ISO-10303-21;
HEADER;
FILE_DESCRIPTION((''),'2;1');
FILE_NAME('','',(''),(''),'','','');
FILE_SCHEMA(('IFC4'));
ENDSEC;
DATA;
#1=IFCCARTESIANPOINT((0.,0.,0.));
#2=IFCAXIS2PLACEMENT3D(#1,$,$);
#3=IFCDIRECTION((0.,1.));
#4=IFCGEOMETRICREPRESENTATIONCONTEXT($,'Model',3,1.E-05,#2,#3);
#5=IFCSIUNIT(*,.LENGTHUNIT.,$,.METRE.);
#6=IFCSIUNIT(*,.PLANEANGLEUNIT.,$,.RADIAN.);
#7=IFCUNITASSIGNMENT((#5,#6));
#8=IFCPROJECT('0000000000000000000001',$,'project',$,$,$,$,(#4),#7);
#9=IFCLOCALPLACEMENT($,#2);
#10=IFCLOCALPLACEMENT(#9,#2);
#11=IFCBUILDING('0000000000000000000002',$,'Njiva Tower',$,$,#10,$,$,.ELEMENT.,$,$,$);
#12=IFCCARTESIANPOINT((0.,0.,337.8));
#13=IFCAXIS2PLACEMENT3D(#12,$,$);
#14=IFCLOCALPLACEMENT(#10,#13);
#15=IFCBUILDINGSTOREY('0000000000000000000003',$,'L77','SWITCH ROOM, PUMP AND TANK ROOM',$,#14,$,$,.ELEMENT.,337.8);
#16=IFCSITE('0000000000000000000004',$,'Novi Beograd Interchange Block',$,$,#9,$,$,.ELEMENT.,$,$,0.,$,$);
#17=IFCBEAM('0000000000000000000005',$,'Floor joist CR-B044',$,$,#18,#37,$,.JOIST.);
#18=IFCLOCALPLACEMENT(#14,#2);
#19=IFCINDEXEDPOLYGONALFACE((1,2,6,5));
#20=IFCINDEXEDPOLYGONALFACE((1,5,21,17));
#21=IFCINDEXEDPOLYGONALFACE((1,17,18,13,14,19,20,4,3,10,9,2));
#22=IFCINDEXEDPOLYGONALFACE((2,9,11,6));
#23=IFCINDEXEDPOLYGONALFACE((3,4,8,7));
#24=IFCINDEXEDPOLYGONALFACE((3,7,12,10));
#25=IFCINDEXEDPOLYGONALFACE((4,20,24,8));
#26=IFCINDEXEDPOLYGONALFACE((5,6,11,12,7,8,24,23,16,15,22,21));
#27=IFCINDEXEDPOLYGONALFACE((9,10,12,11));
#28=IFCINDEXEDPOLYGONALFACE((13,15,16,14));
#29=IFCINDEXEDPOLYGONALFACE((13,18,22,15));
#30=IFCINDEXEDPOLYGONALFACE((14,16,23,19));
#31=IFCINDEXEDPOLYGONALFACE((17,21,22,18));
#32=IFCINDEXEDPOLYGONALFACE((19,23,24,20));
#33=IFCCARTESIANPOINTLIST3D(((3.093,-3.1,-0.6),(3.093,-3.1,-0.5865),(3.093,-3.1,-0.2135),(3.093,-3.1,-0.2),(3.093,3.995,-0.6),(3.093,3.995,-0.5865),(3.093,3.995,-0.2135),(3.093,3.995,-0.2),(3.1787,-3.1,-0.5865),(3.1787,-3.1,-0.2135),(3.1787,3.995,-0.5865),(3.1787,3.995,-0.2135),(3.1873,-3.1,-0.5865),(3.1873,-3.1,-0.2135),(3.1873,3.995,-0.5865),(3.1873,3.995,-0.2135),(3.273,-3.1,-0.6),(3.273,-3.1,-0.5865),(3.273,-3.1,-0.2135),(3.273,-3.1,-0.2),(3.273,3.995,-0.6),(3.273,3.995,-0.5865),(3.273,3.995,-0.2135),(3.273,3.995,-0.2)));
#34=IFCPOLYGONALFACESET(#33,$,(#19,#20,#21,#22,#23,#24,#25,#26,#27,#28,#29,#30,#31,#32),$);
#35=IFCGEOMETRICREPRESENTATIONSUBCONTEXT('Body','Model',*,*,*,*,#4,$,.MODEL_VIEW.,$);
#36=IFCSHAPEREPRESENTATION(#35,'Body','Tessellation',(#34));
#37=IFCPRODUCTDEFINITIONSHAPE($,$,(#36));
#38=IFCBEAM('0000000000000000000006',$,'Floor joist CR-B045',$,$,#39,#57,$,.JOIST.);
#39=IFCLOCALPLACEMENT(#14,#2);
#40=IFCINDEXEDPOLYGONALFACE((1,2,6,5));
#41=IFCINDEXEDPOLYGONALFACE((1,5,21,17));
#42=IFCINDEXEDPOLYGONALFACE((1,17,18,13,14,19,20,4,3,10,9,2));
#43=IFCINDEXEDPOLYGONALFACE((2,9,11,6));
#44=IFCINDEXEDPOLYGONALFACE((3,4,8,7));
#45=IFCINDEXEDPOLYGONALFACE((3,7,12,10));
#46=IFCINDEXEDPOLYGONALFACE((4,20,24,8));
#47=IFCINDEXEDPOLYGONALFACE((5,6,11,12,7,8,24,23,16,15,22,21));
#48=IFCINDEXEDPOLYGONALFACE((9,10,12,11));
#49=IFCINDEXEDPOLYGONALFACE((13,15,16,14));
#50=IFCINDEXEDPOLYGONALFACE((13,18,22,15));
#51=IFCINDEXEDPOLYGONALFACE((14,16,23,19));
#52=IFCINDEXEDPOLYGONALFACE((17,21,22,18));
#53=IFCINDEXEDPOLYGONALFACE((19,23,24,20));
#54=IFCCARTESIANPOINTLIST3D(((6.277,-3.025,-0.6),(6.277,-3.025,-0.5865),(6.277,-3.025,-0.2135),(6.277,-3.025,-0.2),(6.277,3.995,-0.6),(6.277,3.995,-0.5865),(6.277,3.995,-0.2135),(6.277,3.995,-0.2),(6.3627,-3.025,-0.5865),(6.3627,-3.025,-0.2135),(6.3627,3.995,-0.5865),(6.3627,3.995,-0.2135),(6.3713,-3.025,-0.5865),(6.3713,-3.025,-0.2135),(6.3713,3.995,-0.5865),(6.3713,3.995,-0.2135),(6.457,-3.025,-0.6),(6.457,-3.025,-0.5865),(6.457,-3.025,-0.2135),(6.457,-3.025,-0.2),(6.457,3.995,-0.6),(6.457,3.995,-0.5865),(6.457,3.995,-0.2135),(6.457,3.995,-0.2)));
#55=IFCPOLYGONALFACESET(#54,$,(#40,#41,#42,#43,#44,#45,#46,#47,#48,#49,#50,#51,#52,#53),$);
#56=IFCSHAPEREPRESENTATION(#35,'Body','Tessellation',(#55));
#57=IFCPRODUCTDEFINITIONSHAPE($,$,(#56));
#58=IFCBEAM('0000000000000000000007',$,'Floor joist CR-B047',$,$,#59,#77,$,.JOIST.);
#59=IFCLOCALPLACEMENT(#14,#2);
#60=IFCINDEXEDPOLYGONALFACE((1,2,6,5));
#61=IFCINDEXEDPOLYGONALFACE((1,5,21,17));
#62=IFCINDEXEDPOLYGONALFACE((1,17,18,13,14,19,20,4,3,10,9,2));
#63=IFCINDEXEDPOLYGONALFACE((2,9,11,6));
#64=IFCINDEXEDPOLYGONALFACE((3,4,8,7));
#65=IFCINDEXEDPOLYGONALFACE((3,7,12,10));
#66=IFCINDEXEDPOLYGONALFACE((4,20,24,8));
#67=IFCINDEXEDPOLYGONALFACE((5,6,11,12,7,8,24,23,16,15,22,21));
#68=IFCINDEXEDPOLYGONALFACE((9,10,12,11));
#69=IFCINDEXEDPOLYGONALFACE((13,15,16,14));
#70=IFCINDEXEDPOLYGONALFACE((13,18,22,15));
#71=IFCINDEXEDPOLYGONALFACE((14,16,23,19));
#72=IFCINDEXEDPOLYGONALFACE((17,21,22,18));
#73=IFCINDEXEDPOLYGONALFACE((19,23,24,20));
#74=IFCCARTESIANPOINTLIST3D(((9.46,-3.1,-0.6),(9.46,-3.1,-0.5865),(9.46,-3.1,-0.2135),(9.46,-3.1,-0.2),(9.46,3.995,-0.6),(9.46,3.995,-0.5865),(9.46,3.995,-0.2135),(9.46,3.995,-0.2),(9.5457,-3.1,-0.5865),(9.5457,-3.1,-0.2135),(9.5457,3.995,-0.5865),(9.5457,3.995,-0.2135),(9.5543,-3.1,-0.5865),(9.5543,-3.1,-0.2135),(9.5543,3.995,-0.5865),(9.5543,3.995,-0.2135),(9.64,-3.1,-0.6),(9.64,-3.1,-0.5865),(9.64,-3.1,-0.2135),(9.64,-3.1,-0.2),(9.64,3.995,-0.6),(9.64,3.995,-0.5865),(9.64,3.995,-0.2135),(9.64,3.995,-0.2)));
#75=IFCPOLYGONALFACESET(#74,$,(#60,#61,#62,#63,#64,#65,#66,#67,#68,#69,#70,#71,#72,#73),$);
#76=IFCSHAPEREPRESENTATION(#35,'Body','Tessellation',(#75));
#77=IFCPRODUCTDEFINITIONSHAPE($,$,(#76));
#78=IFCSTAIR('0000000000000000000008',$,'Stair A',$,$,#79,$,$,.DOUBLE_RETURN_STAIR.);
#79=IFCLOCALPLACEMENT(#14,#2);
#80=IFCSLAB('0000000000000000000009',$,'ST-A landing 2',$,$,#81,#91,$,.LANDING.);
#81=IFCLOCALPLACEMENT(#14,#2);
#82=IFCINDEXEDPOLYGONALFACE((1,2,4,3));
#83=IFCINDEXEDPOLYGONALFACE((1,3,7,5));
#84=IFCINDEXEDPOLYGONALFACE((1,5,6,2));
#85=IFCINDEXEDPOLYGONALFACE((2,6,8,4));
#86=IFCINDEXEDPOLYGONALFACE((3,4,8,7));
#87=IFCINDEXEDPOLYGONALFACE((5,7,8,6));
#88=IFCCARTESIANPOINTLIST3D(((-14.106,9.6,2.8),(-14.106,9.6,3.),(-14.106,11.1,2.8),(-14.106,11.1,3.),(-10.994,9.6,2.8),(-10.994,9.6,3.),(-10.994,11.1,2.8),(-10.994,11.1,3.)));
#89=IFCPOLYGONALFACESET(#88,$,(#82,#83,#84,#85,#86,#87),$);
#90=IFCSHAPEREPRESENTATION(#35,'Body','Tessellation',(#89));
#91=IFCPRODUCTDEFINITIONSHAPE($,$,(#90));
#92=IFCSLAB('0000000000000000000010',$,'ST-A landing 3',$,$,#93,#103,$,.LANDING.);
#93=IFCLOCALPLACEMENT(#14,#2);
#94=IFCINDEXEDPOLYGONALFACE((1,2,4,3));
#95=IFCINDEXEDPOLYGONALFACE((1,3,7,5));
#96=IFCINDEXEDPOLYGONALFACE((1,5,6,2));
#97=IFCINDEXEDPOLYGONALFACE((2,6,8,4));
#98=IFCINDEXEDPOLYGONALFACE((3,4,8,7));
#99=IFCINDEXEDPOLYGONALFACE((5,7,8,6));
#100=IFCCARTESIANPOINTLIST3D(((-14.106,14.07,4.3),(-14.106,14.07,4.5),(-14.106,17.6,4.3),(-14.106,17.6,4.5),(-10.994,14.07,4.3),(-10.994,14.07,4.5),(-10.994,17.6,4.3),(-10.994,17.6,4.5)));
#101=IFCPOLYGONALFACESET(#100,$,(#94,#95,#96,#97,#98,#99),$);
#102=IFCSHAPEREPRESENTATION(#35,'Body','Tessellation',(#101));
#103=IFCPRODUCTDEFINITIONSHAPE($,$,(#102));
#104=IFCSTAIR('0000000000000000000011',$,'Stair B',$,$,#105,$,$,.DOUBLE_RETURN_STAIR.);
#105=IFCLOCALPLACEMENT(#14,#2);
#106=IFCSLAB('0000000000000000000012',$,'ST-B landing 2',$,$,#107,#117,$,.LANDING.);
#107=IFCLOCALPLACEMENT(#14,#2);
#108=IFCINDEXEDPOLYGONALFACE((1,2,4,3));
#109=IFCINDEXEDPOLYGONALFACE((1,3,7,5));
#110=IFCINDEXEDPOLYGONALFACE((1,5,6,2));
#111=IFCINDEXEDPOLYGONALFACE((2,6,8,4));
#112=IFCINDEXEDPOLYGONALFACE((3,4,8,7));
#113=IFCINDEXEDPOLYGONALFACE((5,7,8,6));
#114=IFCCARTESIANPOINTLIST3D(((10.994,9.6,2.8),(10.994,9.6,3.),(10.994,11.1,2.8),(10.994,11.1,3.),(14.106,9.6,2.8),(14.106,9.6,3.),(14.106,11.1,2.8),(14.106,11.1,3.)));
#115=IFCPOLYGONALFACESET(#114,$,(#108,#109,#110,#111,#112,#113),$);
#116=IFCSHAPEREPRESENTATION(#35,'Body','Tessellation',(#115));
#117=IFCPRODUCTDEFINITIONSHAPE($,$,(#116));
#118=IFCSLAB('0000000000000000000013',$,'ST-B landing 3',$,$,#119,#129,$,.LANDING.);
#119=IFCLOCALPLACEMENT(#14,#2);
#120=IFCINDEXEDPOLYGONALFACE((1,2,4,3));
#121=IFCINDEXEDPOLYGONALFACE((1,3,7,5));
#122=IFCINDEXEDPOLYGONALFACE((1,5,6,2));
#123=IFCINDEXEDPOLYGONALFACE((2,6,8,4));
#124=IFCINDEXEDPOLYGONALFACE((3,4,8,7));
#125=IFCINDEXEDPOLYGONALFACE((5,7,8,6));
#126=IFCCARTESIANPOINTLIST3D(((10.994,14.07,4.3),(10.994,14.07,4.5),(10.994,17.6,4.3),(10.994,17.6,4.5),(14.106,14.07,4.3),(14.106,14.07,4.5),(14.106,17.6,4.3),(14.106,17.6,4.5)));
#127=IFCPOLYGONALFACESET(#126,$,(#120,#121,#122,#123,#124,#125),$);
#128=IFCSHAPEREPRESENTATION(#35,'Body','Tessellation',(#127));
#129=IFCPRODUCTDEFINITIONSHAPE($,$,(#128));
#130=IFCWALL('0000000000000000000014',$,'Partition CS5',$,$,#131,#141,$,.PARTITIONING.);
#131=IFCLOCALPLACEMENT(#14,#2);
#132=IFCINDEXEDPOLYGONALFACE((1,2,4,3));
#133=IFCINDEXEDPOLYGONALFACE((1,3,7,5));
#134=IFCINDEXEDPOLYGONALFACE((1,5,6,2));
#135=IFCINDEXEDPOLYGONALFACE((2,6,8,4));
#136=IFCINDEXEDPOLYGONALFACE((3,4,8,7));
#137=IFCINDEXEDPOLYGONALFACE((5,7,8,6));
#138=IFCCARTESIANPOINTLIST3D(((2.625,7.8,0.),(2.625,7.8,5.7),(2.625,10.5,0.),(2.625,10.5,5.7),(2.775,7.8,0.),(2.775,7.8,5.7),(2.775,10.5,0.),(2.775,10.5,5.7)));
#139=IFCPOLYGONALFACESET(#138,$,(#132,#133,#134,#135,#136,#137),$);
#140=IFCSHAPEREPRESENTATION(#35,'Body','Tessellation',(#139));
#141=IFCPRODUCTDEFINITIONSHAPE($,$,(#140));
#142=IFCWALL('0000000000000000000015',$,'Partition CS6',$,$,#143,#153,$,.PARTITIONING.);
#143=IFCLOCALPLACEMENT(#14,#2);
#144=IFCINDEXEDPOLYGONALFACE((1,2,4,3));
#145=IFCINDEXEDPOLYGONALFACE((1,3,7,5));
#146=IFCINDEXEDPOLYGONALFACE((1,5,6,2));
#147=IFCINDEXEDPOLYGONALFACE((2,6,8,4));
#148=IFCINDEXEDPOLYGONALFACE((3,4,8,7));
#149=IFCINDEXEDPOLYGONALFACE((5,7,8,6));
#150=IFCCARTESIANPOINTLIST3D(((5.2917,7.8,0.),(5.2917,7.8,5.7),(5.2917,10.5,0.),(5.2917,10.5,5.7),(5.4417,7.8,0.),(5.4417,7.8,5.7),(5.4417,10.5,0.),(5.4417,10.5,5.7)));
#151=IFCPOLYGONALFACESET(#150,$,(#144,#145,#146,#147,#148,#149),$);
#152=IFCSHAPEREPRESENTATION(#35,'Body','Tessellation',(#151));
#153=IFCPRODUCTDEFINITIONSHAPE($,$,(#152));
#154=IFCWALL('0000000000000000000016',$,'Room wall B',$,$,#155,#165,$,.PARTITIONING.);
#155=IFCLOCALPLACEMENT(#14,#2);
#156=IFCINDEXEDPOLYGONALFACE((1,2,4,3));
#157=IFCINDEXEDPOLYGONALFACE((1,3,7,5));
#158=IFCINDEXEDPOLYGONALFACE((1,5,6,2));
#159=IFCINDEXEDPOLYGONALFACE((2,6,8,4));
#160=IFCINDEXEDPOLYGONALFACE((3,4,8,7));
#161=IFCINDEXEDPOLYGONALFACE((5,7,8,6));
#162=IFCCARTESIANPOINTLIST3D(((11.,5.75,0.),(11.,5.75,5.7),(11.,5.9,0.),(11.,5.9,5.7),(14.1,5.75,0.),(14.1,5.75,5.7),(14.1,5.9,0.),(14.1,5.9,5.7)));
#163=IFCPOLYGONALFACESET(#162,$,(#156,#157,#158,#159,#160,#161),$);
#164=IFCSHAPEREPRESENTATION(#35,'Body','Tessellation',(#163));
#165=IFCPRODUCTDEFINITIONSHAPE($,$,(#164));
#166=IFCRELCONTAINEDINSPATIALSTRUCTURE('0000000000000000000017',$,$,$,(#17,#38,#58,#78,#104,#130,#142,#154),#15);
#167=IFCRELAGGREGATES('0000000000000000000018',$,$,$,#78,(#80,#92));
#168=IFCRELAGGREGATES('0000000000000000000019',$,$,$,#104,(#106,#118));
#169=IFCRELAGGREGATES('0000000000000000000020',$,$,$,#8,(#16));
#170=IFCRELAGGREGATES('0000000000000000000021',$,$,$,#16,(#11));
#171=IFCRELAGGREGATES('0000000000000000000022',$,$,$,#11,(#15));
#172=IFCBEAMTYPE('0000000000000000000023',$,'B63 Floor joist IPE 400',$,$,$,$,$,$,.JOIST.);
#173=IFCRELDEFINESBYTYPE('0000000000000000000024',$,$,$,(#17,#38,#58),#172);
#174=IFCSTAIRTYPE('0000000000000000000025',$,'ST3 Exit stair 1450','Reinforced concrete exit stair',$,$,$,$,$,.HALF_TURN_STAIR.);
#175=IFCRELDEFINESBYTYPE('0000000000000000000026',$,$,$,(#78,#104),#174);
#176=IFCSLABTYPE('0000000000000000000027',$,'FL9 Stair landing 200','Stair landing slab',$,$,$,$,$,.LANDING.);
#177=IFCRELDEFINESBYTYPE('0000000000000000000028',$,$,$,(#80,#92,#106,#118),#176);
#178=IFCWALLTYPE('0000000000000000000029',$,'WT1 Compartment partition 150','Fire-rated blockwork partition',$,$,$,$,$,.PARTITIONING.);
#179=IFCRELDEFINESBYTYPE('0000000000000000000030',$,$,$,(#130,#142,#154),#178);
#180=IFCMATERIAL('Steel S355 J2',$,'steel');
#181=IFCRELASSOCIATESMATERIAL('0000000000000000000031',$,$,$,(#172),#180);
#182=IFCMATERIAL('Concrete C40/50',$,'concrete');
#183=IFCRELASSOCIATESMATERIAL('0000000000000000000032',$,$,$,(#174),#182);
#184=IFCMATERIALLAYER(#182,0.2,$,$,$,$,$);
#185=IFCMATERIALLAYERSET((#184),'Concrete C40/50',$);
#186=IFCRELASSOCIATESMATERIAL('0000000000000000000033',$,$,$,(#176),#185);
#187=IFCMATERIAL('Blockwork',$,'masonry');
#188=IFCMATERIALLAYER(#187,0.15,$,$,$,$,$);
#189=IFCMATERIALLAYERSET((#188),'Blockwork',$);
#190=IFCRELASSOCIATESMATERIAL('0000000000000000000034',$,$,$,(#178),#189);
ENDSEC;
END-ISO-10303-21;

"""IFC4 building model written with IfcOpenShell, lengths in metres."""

from ifc_helpers import new_model, si_unit, direction, frame, frame_2d, origin, origin_2d, place, context, subcontext, project, spatial, polyline, rectangle, i_section, outline, extrude, material, layer, layer_set, material_profile, profile_set, type_object, element, aggregate, save


model = new_model("IFC4")

# Units and contexts
model_context = context("Model", 3, precision=1e-05, world=origin(), true_north=direction((0.0, 1.0)))
body_context = subcontext(model_context, "Body", "Model", "MODEL_VIEW")
ifc_project = project(units=[si_unit("LENGTHUNIT", "METRE"), si_unit("PLANEANGLEUNIT", "RADIAN")], contexts=[model_context])

# Site, building, storey
site_placement = place(None, origin())
site = spatial("IfcSite", under=ifc_project, at=site_placement, Name="Novi Beograd Interchange Block", CompositionType="ELEMENT", RefElevation=0.0)
building_placement = place(site_placement, origin())
building = spatial("IfcBuilding", under=site, at=building_placement, Name="Njiva Tower", CompositionType="ELEMENT")
storey_placement = place(building_placement, frame((0.0, 0.0, 337.8)))
storey = spatial("IfcBuildingStorey", under=building, at=storey_placement, Name="L77", Description="SWITCH ROOM, PUMP AND TANK ROOM", CompositionType="ELEMENT", Elevation=337.8)

# Beams
ifc_material_1 = material(Name="Steel S355 J2", Category="steel")
ifc_material_profile = material_profile(ifc_material_1, i_section(OverallWidth=0.18, OverallDepth=0.4, WebThickness=0.0086, FlangeThickness=0.0135, at=origin_2d()), Name="IPE 400")
ifc_profile_set = profile_set([ifc_material_profile], Name="Steel S355 J2")
beam_type = type_object("IfcBeamType", Name="B63 Floor joist IPE 400", PredefinedType="JOIST", material=ifc_profile_set)
beam_1_placement = place(storey_placement, frame((3.183, 3.995, -0.4), z_axis=(0.0, -1.0, 0.0), x_axis=(1.0, 0.0, 0.0)))
element("IfcBeam", 1, at=beam_1_placement, inside=storey, type_object=beam_type, Name="Floor joist CR-B044", PredefinedType="JOIST", context=body_context, shape_type="SweptSolid", body=[
    extrude(i_section(OverallWidth=0.18, OverallDepth=0.4, WebThickness=0.0086, FlangeThickness=0.0135, at=origin_2d()), origin(), (0.0, 0.0, 1.0), 7.095),
])
beam_2_placement = place(storey_placement, frame((6.367, 3.995, -0.4), z_axis=(0.0, -1.0, 0.0), x_axis=(1.0, 0.0, 0.0)))
element("IfcBeam", 2, at=beam_2_placement, inside=storey, type_object=beam_type, Name="Floor joist CR-B045", PredefinedType="JOIST", context=body_context, shape_type="SweptSolid", body=[
    extrude(i_section(OverallWidth=0.18, OverallDepth=0.4, WebThickness=0.0086, FlangeThickness=0.0135, at=origin_2d()), origin(), (0.0, 0.0, 1.0), 7.02),
])
beam_3_placement = place(storey_placement, frame((9.55, 3.995, -0.4), z_axis=(0.0, -1.0, 0.0), x_axis=(1.0, 0.0, 0.0)))
element("IfcBeam", 3, at=beam_3_placement, inside=storey, type_object=beam_type, Name="Floor joist CR-B047", PredefinedType="JOIST", context=body_context, shape_type="SweptSolid", body=[
    extrude(i_section(OverallWidth=0.18, OverallDepth=0.4, WebThickness=0.0086, FlangeThickness=0.0135, at=origin_2d()), origin(), (0.0, 0.0, 1.0), 7.095),
])

# Stairs, slabs
ifc_material_2 = material(Name="Concrete C40/50", Category="concrete")
stair_type = type_object("IfcStairType", Name="ST3 Exit stair 1450", Description="Reinforced concrete exit stair", PredefinedType="HALF_TURN_STAIR", material=ifc_material_2)
stair_1_placement = place(storey_placement, origin())
stair_1 = element("IfcStair", 4, at=stair_1_placement, inside=storey, type_object=stair_type, Name="Stair A", PredefinedType="DOUBLE_RETURN_STAIR")
ifc_layer_1 = layer(ifc_material_2, 0.2)
ifc_layer_set_1 = layer_set([ifc_layer_1], Name="Concrete C40/50")
slab_type = type_object("IfcSlabType", Name="FL9 Stair landing 200", Description="Stair landing slab", PredefinedType="LANDING", material=ifc_layer_set_1)
slab_1_placement = place(storey_placement, frame((0.0, 0.0, 2.8)))
slab_1 = element("IfcSlab", 5, at=slab_1_placement, type_object=slab_type, Name="ST-A landing 2", PredefinedType="LANDING", context=body_context, shape_type="SweptSolid", body=[
    extrude(outline(polyline([(-14.106, 9.6), (-10.994, 9.6), (-10.994, 11.1), (-14.106, 11.1), (-14.106, 9.6)])), origin(), (0.0, 0.0, 1.0), 0.2),
])
slab_2_placement = place(storey_placement, frame((0.0, 0.0, 4.3)))
slab_2 = element("IfcSlab", 6, at=slab_2_placement, type_object=slab_type, Name="ST-A landing 3", PredefinedType="LANDING", context=body_context, shape_type="SweptSolid", body=[
    extrude(outline(polyline([(-14.106, 14.07), (-10.994, 14.07), (-10.994, 17.6), (-14.106, 17.6), (-14.106, 14.07)])), origin(), (0.0, 0.0, 1.0), 0.2),
])
aggregate(stair_1, [slab_1, slab_2])
stair_2_placement = place(storey_placement, origin())
stair_2 = element("IfcStair", 7, at=stair_2_placement, inside=storey, type_object=stair_type, Name="Stair B", PredefinedType="DOUBLE_RETURN_STAIR")
slab_3_placement = place(storey_placement, frame((0.0, 0.0, 2.8)))
slab_3 = element("IfcSlab", 8, at=slab_3_placement, type_object=slab_type, Name="ST-B landing 2", PredefinedType="LANDING", context=body_context, shape_type="SweptSolid", body=[
    extrude(outline(polyline([(10.994, 9.6), (14.106, 9.6), (14.106, 11.1), (10.994, 11.1), (10.994, 9.6)])), origin(), (0.0, 0.0, 1.0), 0.2),
])
slab_4_placement = place(storey_placement, frame((0.0, 0.0, 4.3)))
slab_4 = element("IfcSlab", 9, at=slab_4_placement, type_object=slab_type, Name="ST-B landing 3", PredefinedType="LANDING", context=body_context, shape_type="SweptSolid", body=[
    extrude(outline(polyline([(10.994, 14.07), (14.106, 14.07), (14.106, 17.6), (10.994, 17.6), (10.994, 14.07)])), origin(), (0.0, 0.0, 1.0), 0.2),
])
aggregate(stair_2, [slab_3, slab_4])

# Walls
ifc_material_3 = material(Name="Blockwork", Category="masonry")
ifc_layer_2 = layer(ifc_material_3, 0.15)
ifc_layer_set_2 = layer_set([ifc_layer_2], Name="Blockwork")
wall_type_1 = type_object("IfcWallType", Name="WT1 Compartment partition 150", Description="Fire-rated blockwork partition", PredefinedType="PARTITIONING", material=ifc_layer_set_2)
for number, where, z_axis, x_axis, name in (
    (10, (2.7, 7.8, 0.0), (0.0, 0.0, 1.0), (0.0, 1.0, 0.0), "Partition CS5"),
    (11, (5.3667, 7.8, 0.0), (0.0, 0.0, 1.0), (0.0, 1.0, 0.0), "Partition CS6"),
):
    element("IfcWall", number, at=place(storey_placement, frame(where, z_axis=z_axis, x_axis=x_axis)), inside=storey, type_object=wall_type_1, Name=name, PredefinedType="PARTITIONING", context=body_context, shape_type="SweptSolid", body=[
        extrude(rectangle(XDim=2.7, YDim=0.15, at=frame_2d((1.35, 0.0))), origin(), (0.0, 0.0, 1.0), 5.7),
    ])
wall_1_placement = place(storey_placement, frame((11.0, 5.825, 0.0), z_axis=(0.0, 0.0, 1.0), x_axis=(1.0, 0.0, 0.0)))
element("IfcWall", 12, at=wall_1_placement, inside=storey, type_object=wall_type_1, Name="Room wall B", PredefinedType="PARTITIONING", context=body_context, shape_type="SweptSolid", body=[
    extrude(rectangle(XDim=3.1, YDim=0.15, at=frame_2d((1.55, 0.0))), origin(), (0.0, 0.0, 1.0), 5.7),
])

save(model, "model.ifc")
